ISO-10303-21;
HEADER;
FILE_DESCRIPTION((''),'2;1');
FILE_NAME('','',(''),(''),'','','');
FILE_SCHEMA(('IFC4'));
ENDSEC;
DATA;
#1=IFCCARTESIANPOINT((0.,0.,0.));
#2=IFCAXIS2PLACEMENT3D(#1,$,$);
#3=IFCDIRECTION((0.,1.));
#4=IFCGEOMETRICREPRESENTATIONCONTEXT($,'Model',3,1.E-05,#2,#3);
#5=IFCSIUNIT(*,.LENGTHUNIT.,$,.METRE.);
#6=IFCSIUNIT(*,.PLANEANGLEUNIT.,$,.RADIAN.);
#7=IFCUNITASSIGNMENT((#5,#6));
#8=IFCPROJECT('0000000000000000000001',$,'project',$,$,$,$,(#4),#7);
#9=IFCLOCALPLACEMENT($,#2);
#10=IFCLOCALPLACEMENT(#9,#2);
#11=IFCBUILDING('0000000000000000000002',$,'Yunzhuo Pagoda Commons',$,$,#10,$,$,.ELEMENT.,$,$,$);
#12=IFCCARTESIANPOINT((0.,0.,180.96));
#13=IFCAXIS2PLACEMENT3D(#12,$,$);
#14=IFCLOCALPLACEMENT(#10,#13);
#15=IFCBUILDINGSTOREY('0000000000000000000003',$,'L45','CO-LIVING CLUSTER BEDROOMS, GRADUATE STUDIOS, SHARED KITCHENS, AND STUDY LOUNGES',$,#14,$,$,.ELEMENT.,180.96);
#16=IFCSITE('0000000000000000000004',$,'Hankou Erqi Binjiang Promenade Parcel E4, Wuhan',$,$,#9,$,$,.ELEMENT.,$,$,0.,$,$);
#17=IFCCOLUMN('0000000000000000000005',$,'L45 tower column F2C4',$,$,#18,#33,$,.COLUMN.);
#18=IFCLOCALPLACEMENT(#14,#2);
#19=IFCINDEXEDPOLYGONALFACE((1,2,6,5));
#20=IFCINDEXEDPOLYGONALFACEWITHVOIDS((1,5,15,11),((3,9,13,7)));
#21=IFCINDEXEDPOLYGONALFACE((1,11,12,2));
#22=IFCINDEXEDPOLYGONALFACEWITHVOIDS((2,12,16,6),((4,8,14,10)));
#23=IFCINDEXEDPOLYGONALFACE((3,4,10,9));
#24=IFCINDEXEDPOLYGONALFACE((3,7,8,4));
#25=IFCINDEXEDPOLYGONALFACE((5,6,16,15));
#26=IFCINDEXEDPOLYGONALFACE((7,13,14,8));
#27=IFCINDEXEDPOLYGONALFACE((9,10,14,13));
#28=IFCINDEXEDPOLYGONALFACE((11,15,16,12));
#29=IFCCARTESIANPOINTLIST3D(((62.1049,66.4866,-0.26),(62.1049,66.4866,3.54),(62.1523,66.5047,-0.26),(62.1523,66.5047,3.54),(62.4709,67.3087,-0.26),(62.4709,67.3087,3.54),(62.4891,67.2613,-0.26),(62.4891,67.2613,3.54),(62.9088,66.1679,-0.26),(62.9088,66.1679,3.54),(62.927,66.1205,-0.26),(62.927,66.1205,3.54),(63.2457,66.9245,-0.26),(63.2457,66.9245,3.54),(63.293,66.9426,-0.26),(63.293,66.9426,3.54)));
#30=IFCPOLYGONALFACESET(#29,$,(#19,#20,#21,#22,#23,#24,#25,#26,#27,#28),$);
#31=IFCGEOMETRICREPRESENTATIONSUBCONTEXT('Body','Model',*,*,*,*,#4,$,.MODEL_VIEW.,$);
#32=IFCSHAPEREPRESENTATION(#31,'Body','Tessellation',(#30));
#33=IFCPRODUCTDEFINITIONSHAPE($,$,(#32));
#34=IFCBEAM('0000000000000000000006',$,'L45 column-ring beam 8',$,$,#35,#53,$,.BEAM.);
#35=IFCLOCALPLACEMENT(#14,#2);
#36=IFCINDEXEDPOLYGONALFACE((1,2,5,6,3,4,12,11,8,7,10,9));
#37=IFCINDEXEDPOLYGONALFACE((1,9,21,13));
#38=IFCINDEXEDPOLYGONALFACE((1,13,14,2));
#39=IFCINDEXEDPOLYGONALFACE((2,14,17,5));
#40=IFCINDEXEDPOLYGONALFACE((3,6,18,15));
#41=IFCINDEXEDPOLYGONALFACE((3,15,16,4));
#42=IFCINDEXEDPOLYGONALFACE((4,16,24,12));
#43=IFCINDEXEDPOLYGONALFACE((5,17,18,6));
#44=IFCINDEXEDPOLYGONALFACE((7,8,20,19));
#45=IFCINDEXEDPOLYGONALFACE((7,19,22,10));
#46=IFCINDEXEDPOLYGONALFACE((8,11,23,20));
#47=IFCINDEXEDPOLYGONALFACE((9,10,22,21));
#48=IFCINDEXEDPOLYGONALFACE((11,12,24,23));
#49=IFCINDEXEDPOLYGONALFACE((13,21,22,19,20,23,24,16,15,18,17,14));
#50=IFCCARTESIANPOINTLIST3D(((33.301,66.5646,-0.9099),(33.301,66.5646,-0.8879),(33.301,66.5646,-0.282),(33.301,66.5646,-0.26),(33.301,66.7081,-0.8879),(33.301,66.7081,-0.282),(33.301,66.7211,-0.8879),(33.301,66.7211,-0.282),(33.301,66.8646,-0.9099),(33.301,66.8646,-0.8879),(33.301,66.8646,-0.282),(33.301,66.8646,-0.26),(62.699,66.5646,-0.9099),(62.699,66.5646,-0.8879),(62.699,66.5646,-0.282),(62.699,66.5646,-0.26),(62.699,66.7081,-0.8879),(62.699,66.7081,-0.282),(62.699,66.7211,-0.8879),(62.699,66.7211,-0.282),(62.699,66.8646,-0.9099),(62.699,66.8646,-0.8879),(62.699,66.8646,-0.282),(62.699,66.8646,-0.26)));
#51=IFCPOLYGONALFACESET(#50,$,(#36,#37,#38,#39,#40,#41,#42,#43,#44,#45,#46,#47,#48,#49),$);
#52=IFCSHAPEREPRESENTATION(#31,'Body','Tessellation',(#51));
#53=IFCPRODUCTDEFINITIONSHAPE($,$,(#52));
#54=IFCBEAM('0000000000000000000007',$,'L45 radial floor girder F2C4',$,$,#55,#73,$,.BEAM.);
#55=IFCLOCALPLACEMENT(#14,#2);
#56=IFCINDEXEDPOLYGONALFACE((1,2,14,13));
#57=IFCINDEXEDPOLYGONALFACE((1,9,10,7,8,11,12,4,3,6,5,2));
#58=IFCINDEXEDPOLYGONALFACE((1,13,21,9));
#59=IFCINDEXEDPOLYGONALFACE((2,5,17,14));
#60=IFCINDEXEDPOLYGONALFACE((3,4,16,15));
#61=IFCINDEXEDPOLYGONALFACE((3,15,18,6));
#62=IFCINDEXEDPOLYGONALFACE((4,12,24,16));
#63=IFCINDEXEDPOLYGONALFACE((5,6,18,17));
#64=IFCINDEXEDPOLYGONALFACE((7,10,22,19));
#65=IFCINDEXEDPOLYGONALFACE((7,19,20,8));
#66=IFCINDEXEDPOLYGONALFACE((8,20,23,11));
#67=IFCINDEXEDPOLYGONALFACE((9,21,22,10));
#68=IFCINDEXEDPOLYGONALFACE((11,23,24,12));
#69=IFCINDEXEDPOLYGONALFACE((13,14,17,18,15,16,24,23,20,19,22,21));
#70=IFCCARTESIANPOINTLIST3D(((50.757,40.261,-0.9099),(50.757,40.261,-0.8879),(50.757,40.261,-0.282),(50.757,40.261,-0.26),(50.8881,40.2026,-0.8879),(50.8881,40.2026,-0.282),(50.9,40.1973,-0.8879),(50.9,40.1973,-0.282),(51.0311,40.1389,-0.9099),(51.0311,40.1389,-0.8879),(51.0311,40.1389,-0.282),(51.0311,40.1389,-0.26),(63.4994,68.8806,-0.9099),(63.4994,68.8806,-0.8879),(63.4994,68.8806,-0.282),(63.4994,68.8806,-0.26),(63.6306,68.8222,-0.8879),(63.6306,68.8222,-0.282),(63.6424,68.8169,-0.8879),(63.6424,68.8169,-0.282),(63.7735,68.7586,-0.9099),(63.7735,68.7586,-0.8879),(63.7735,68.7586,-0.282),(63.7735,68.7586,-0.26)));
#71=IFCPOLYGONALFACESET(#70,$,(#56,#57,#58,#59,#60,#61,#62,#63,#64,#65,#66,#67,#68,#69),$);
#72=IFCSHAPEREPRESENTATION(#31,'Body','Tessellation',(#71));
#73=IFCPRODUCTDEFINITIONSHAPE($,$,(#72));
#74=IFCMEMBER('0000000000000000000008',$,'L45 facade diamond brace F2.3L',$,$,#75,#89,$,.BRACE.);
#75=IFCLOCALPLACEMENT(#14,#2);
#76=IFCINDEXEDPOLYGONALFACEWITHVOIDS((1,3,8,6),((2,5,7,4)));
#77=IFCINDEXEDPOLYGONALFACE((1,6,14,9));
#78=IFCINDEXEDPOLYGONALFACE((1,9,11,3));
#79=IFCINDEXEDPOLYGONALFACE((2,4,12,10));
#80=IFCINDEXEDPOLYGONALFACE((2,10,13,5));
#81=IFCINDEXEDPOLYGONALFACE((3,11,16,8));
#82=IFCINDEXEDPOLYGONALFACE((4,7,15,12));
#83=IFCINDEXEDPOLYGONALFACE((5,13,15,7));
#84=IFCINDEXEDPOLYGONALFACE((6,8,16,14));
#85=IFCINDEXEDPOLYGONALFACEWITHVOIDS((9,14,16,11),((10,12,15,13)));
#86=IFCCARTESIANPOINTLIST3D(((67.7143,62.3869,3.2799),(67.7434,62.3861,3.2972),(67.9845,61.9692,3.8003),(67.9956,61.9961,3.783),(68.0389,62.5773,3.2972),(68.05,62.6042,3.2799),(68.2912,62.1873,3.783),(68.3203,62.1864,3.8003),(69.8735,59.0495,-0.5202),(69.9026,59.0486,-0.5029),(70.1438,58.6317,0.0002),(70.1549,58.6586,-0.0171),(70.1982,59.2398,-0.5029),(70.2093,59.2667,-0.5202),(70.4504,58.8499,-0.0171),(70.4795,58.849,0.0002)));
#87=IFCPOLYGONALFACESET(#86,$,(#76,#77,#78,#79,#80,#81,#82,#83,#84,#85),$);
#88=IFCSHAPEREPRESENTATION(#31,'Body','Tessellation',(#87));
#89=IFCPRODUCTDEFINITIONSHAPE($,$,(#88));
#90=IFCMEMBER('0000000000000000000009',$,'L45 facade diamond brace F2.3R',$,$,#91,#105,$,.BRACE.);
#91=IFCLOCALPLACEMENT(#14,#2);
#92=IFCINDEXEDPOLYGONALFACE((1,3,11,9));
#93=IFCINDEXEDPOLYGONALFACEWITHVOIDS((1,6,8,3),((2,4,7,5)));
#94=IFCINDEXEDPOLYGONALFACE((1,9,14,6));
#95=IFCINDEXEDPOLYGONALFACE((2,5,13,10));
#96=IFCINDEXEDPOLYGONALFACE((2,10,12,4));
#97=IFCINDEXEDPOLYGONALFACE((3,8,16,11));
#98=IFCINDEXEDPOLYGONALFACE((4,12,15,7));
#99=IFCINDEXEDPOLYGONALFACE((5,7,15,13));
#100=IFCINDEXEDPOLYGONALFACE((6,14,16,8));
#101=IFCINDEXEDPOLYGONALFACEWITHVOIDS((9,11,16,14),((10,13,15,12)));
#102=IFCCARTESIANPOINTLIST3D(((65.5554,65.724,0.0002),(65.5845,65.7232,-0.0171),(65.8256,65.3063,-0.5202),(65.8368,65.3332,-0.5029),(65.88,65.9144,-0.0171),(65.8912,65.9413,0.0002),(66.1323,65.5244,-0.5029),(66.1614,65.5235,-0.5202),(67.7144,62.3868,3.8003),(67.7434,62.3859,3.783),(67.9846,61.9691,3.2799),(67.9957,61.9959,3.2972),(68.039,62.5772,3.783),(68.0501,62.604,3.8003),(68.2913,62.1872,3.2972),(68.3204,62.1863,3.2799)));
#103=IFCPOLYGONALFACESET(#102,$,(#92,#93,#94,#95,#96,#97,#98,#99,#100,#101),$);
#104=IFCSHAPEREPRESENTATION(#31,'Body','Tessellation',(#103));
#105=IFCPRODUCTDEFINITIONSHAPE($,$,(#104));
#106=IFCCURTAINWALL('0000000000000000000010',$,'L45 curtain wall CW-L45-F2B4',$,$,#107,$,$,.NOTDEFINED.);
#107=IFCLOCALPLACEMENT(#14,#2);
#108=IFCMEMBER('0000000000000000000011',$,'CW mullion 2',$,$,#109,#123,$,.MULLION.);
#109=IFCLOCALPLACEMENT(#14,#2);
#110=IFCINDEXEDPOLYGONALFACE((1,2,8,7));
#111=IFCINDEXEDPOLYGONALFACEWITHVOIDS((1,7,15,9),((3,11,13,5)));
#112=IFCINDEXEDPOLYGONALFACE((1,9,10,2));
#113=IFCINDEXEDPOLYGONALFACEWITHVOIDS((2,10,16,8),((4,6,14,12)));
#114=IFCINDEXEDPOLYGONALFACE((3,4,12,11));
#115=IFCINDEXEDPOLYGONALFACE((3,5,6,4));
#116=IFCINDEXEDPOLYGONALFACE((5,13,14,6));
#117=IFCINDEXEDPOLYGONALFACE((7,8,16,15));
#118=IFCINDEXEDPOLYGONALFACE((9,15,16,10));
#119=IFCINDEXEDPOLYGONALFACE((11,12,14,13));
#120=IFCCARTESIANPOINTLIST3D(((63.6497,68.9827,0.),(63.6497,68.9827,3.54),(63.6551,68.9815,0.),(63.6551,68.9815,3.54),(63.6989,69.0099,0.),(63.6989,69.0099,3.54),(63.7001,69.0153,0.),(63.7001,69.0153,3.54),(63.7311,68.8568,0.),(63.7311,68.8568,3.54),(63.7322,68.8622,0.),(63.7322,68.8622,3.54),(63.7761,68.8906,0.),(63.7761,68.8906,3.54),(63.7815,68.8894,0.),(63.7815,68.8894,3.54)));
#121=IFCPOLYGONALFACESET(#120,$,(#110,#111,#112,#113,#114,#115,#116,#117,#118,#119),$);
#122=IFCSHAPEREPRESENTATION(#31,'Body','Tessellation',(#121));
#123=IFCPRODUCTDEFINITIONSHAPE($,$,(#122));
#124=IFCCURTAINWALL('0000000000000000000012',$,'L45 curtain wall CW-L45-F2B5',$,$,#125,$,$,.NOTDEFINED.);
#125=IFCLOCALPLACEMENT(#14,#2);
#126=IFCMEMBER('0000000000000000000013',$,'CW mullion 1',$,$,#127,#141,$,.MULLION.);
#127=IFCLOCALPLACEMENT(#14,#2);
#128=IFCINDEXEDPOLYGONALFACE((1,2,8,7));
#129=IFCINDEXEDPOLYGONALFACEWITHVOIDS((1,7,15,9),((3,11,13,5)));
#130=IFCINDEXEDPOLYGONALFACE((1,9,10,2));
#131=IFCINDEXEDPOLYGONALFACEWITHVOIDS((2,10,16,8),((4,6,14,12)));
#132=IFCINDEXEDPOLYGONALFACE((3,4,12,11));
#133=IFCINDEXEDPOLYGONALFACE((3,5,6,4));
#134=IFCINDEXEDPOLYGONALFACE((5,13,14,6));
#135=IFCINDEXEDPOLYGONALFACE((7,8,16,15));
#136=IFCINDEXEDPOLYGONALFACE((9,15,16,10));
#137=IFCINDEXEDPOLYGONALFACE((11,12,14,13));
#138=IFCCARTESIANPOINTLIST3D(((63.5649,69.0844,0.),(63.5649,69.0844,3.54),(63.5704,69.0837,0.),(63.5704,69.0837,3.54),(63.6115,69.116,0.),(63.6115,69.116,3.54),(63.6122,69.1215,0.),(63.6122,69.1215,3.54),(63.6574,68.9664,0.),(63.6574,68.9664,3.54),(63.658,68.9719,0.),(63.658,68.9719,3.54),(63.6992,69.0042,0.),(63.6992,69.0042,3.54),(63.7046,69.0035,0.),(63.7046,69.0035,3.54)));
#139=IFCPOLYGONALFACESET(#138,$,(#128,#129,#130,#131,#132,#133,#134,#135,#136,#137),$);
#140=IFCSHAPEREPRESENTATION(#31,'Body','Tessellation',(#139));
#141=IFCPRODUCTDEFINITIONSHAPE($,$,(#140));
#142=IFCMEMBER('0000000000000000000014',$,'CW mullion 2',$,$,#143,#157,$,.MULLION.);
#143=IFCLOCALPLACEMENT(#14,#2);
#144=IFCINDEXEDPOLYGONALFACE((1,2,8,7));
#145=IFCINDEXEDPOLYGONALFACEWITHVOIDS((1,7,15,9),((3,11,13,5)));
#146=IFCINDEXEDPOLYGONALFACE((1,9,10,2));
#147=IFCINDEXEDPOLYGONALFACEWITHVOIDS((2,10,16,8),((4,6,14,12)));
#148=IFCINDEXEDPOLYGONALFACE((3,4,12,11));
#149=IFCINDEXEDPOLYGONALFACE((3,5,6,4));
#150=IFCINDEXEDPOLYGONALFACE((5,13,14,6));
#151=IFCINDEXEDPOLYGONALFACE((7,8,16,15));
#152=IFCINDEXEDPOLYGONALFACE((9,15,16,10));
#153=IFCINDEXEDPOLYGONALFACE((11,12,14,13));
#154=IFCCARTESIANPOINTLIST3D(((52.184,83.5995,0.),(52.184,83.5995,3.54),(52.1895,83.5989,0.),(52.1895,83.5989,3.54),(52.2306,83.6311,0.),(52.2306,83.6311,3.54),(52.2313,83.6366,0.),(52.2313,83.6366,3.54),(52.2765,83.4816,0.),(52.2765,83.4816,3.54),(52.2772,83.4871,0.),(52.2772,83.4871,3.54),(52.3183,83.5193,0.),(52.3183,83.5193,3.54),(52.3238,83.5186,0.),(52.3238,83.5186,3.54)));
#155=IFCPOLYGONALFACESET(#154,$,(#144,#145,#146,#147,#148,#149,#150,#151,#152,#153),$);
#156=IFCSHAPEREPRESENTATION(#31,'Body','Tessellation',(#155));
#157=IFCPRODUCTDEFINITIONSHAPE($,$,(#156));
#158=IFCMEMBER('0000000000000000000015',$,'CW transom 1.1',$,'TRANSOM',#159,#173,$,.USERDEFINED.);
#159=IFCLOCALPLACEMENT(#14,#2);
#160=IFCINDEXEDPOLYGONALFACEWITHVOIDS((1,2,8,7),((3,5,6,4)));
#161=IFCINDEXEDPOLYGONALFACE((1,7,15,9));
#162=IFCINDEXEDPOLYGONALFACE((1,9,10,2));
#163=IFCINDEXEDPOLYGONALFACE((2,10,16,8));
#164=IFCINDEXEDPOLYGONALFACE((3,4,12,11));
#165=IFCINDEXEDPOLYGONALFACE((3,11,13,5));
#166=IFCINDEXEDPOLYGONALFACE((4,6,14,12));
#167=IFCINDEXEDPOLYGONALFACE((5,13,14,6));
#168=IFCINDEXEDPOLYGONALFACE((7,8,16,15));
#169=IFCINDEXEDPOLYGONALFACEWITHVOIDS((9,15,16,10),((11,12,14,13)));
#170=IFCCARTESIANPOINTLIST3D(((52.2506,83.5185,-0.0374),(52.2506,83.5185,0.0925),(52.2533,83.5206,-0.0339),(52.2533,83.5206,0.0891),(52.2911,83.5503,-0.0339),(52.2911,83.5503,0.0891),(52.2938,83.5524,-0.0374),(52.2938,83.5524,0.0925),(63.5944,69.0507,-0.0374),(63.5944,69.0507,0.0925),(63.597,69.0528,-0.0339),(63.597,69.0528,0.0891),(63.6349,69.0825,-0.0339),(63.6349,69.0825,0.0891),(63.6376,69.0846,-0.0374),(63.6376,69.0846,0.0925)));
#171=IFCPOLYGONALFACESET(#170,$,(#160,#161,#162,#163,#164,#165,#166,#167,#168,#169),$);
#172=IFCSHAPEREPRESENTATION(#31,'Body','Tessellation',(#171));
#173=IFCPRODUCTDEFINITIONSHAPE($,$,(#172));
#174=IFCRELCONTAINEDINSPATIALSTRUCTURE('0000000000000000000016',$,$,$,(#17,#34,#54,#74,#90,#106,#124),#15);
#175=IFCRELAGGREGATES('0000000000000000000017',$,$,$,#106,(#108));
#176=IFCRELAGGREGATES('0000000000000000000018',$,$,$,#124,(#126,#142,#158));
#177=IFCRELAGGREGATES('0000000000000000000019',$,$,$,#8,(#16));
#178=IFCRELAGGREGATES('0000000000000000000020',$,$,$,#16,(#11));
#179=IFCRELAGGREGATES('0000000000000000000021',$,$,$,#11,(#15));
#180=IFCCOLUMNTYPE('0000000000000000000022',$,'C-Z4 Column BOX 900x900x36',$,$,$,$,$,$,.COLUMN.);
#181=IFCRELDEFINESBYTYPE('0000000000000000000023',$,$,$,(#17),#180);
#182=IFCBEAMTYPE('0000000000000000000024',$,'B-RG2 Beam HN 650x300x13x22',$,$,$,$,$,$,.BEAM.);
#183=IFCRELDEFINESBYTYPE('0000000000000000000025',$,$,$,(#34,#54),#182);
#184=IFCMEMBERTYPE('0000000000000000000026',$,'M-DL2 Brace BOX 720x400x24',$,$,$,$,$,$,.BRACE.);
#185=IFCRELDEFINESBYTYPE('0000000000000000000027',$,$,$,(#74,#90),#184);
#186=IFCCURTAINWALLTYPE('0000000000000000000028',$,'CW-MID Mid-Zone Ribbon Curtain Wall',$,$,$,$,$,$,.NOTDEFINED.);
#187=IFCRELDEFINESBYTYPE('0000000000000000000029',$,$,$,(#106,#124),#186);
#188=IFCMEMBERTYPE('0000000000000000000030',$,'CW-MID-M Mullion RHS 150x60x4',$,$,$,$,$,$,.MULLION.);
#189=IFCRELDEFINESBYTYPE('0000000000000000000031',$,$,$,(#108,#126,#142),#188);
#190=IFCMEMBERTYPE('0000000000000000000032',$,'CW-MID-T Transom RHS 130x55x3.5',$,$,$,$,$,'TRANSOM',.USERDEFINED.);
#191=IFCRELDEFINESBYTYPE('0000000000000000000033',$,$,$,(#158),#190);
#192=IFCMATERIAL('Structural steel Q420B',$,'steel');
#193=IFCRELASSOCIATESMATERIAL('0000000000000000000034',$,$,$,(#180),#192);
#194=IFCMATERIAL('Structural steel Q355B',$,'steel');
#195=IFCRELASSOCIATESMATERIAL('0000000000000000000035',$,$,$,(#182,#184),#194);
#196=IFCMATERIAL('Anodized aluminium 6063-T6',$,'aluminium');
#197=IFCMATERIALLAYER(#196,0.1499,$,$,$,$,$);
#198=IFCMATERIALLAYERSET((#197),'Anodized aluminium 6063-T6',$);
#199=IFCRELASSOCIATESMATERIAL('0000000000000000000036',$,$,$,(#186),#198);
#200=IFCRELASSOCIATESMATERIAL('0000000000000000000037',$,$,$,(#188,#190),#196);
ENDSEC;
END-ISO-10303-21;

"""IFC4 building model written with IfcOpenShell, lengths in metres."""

from ifc_helpers import new_model, si_unit, direction, frame, origin, origin_2d, place, context, subcontext, project, spatial, hollow_rectangle, i_section, extrude, source, transform, mapped, material, layer, layer_set, material_profile, profile_set, type_object, element, aggregate, save


model = new_model("IFC4")

# Units and contexts
model_context = context("Model", 3, precision=1e-05, world=origin(), true_north=direction((0.0, 1.0)))
body_context = subcontext(model_context, "Body", "Model", "MODEL_VIEW")
ifc_project = project(units=[si_unit("LENGTHUNIT", "METRE"), si_unit("PLANEANGLEUNIT", "RADIAN")], contexts=[model_context])

# Site, building, storey
site_placement = place(None, origin())
site = spatial("IfcSite", under=ifc_project, at=site_placement, Name="Hankou Erqi Binjiang Promenade Parcel E4, Wuhan", CompositionType="ELEMENT", RefElevation=0.0)
building_placement = place(site_placement, origin())
building = spatial("IfcBuilding", under=site, at=building_placement, Name="Yunzhuo Pagoda Commons", CompositionType="ELEMENT")
storey_placement = place(building_placement, frame((0.0, 0.0, 180.96)))
storey = spatial("IfcBuildingStorey", under=building, at=storey_placement, Name="L45", Description="CO-LIVING CLUSTER BEDROOMS, GRADUATE STUDIOS, SHARED KITCHENS, AND STUDY LOUNGES", CompositionType="ELEMENT", Elevation=180.96)

# Column
ifc_material_1 = material(Name="Structural steel Q420B", Category="steel")
ifc_material_profile_1 = material_profile(ifc_material_1, hollow_rectangle(XDim=0.8999, YDim=0.8999, WallThickness=0.0359, at=origin_2d()), Name="Structural steel Q420B")
ifc_profile_set_1 = profile_set([ifc_material_profile_1], Name="Structural steel Q420B")
column_type = type_object("IfcColumnType", Name="C-Z4 Column BOX 900x900x36", PredefinedType="COLUMN", material=ifc_profile_set_1)
shared_shape_1 = source(origin(), body_context, "Body", "SweptSolid", [
    extrude(hollow_rectangle(XDim=0.8999, YDim=0.8999, WallThickness=0.0359, at=origin_2d()), origin(), (0.0, 0.0, 1.0), 3.8),
])
column_placement = place(storey_placement, frame((62.699, 66.7146, -0.26), z_axis=(0.0, 0.0, 1.0), x_axis=(-0.913545, 0.406737, 0.0)))
element("IfcColumn", 1, at=column_placement, inside=storey, type_object=column_type, Name="L45 tower column F2C4", PredefinedType="COLUMN", context=body_context, shape_type="MappedRepresentation", body=[
    mapped(shared_shape_1, transform((0.0, 0.0, 0.0), scale=1.0)),
])

# Beams
ifc_material_2 = material(Name="Structural steel Q355B", Category="steel")
ifc_material_profile_2 = material_profile(ifc_material_2, i_section(OverallWidth=0.3, OverallDepth=0.6499, WebThickness=0.0129, FlangeThickness=0.022, at=origin_2d()), Name="Structural steel Q355B")
ifc_profile_set_2 = profile_set([ifc_material_profile_2], Name="Structural steel Q355B")
beam_type = type_object("IfcBeamType", Name="B-RG2 Beam HN 650x300x13x22", PredefinedType="BEAM", material=ifc_profile_set_2)
shared_shape_2 = source(origin(), body_context, "Body", "SweptSolid", [
    extrude(i_section(OverallWidth=0.3, OverallDepth=0.6499, WebThickness=0.0129, FlangeThickness=0.022, at=origin_2d()), origin(), (0.0, 0.0, 1.0), 29.3979),
])
beam_1_placement = place(storey_placement, frame((62.699, 66.7146, -0.585), z_axis=(-1.0, 0.0, 0.0), x_axis=(0.0, -1.0, 0.0)))
element("IfcBeam", 2, at=beam_1_placement, inside=storey, type_object=beam_type, Name="L45 column-ring beam 8", PredefinedType="BEAM", context=body_context, shape_type="MappedRepresentation", body=[
    mapped(shared_shape_2, transform((0.0, 0.0, 0.0), scale=1.0)),
])
shared_shape_3 = source(origin(), body_context, "Body", "SweptSolid", [
    extrude(i_section(OverallWidth=0.3, OverallDepth=0.6499, WebThickness=0.0129, FlangeThickness=0.022, at=origin_2d()), origin(), (0.0, 0.0, 1.0), 31.3281),
])
beam_2_placement = place(storey_placement, frame((63.6365, 68.8196, -0.585), z_axis=(-0.406741, -0.913544, 0.0), x_axis=(0.913544, -0.406741, 0.0)))
element("IfcBeam", 3, at=beam_2_placement, inside=storey, type_object=beam_type, Name="L45 radial floor girder F2C4", PredefinedType="BEAM", context=body_context, shape_type="MappedRepresentation", body=[
    mapped(shared_shape_3, transform((0.0, 0.0, 0.0), scale=1.0)),
])

# Members
ifc_material_profile_3 = material_profile(ifc_material_2, hollow_rectangle(XDim=0.3999, YDim=0.72, WallThickness=0.0239, at=origin_2d()), Name="Structural steel Q355B")
ifc_profile_set_3 = profile_set([ifc_material_profile_3], Name="Structural steel Q355B")
member_type_1 = type_object("IfcMemberType", Name="M-DL2 Brace BOX 720x400x24", PredefinedType="BRACE", material=ifc_profile_set_3)
shared_shape_4 = source(origin(), body_context, "Body", "SweptSolid", [
    extrude(hollow_rectangle(XDim=0.3999, YDim=0.72, WallThickness=0.0239, at=origin_2d()), origin(), (0.0, 0.0, 1.0), 5.4993),
])
member_1_placement = place(storey_placement, frame((70.1765, 58.9492, -0.26), z_axis=(-0.392639, 0.606894, 0.691024), x_axis=(-0.839606, -0.543195, 0.0)))
element("IfcMember", 4, at=member_1_placement, inside=storey, type_object=member_type_1, Name="L45 facade diamond brace F2.3L", PredefinedType="BRACE", context=body_context, shape_type="MappedRepresentation", body=[
    mapped(shared_shape_4, transform((0.0, 0.0, 0.0), scale=1.0)),
])
shared_shape_5 = source(origin(), body_context, "Body", "SweptSolid", [
    extrude(hollow_rectangle(XDim=0.3999, YDim=0.72, WallThickness=0.0239, at=origin_2d()), origin(), (0.0, 0.0, 1.0), 5.499),
])
member_2_placement = place(storey_placement, frame((65.8584, 65.6238, -0.26), z_axis=(0.392612, -0.606876, 0.691055), x_axis=(0.839616, 0.54318, 0.0)))
element("IfcMember", 5, at=member_2_placement, inside=storey, type_object=member_type_1, Name="L45 facade diamond brace F2.3R", PredefinedType="BRACE", context=body_context, shape_type="MappedRepresentation", body=[
    mapped(shared_shape_5, transform((0.0, 0.0, 0.0), scale=1.0)),
])

# Curtain wall, member
ifc_material_3 = material(Name="Anodized aluminium 6063-T6", Category="aluminium")
ifc_layer_1 = layer(ifc_material_3, 0.1499)
ifc_layer_set_1 = layer_set([ifc_layer_1], Name="Anodized aluminium 6063-T6")
curtain_wall_type = type_object("IfcCurtainWallType", Name="CW-MID Mid-Zone Ribbon Curtain Wall", PredefinedType="NOTDEFINED", material=ifc_layer_set_1)
curtain_wall_1_placement = place(storey_placement, origin())
curtain_wall_1 = element("IfcCurtainWall", 6, at=curtain_wall_1_placement, inside=storey, type_object=curtain_wall_type, Name="L45 curtain wall CW-L45-F2B4", PredefinedType="NOTDEFINED")
ifc_material_profile_4 = material_profile(ifc_material_3, hollow_rectangle(XDim=0.0601, YDim=0.1499, WallThickness=0.0039, at=origin_2d()), Name="Anodized aluminium 6063-T6")
ifc_profile_set_4 = profile_set([ifc_material_profile_4], Name="Anodized aluminium 6063-T6")
member_type_2 = type_object("IfcMemberType", Name="CW-MID-M Mullion RHS 150x60x4", PredefinedType="MULLION", material=ifc_profile_set_4)
shared_shape_6 = source(origin(), body_context, "Body", "SweptSolid", [
    extrude(hollow_rectangle(XDim=0.0601, YDim=0.1499, WallThickness=0.0039, at=origin_2d()), origin(), (0.0, 0.0, 1.0), 3.54),
])
member_3_placement = place(storey_placement, frame((63.7156, 68.936, 0.0), z_axis=(0.0, 0.0, 1.0), x_axis=(-0.839627, -0.543164, 0.0)))
member_3 = element("IfcMember", 7, at=member_3_placement, type_object=member_type_2, Name="CW mullion 2", PredefinedType="MULLION", context=body_context, shape_type="MappedRepresentation", body=[
    mapped(shared_shape_6, transform((0.0, 0.0, 0.0), scale=1.0)),
])

# Curtain wall, members
curtain_wall_2_placement = place(storey_placement, origin())
curtain_wall_2 = element("IfcCurtainWall", 8, at=curtain_wall_2_placement, inside=storey, type_object=curtain_wall_type, Name="L45 curtain wall CW-L45-F2B5", PredefinedType="NOTDEFINED")
member_4_placement = place(storey_placement, frame((63.6348, 69.0439, 0.0), z_axis=(0.0, 0.0, 1.0), x_axis=(-0.78695, -0.617016, 0.0)))
member_4 = element("IfcMember", 9, at=member_4_placement, type_object=member_type_2, Name="CW mullion 1", PredefinedType="MULLION", context=body_context, shape_type="MappedRepresentation", body=[
    mapped(shared_shape_6, transform((0.0, 0.0, 0.0), scale=1.0)),
])
member_5_placement = place(storey_placement, frame((52.2539, 83.5591, 0.0), z_axis=(0.0, 0.0, 1.0), x_axis=(-0.78695, -0.617016, 0.0)))
member_5 = element("IfcMember", 10, at=member_5_placement, type_object=member_type_2, Name="CW mullion 2", PredefinedType="MULLION", context=body_context, shape_type="MappedRepresentation", body=[
    mapped(shared_shape_6, transform((0.0, 0.0, 0.0), scale=1.0)),
])
ifc_material_profile_5 = material_profile(ifc_material_3, hollow_rectangle(XDim=0.0549, YDim=0.1299, WallThickness=0.0034, at=origin_2d()), Name="Anodized aluminium 6063-T6")
ifc_profile_set_5 = profile_set([ifc_material_profile_5], Name="Anodized aluminium 6063-T6")
member_type_3 = type_object("IfcMemberType", Name="CW-MID-T Transom RHS 130x55x3.5", ElementType="TRANSOM", PredefinedType="USERDEFINED", material=ifc_profile_set_5)
shared_shape_7 = source(origin(), body_context, "Body", "SweptSolid", [
    extrude(hollow_rectangle(XDim=0.0549, YDim=0.1299, WallThickness=0.0034, at=origin_2d()), origin(), (0.0, 0.0, 1.0), 18.3848),
])
member_6_placement = place(storey_placement, frame((63.616, 69.0676, 0.0276), z_axis=(-0.617021, 0.786946, 0.0), x_axis=(-0.786946, -0.617021, 0.0)))
member_6 = element("IfcMember", 11, at=member_6_placement, type_object=member_type_3, Name="CW transom 1.1", ObjectType="TRANSOM", PredefinedType="USERDEFINED", context=body_context, shape_type="MappedRepresentation", body=[
    mapped(shared_shape_7, transform((0.0, 0.0, 0.0), scale=1.0)),
])

aggregate(curtain_wall_1, [member_3])
aggregate(curtain_wall_2, [member_4, member_5, member_6])

save(model, "model.ifc")
